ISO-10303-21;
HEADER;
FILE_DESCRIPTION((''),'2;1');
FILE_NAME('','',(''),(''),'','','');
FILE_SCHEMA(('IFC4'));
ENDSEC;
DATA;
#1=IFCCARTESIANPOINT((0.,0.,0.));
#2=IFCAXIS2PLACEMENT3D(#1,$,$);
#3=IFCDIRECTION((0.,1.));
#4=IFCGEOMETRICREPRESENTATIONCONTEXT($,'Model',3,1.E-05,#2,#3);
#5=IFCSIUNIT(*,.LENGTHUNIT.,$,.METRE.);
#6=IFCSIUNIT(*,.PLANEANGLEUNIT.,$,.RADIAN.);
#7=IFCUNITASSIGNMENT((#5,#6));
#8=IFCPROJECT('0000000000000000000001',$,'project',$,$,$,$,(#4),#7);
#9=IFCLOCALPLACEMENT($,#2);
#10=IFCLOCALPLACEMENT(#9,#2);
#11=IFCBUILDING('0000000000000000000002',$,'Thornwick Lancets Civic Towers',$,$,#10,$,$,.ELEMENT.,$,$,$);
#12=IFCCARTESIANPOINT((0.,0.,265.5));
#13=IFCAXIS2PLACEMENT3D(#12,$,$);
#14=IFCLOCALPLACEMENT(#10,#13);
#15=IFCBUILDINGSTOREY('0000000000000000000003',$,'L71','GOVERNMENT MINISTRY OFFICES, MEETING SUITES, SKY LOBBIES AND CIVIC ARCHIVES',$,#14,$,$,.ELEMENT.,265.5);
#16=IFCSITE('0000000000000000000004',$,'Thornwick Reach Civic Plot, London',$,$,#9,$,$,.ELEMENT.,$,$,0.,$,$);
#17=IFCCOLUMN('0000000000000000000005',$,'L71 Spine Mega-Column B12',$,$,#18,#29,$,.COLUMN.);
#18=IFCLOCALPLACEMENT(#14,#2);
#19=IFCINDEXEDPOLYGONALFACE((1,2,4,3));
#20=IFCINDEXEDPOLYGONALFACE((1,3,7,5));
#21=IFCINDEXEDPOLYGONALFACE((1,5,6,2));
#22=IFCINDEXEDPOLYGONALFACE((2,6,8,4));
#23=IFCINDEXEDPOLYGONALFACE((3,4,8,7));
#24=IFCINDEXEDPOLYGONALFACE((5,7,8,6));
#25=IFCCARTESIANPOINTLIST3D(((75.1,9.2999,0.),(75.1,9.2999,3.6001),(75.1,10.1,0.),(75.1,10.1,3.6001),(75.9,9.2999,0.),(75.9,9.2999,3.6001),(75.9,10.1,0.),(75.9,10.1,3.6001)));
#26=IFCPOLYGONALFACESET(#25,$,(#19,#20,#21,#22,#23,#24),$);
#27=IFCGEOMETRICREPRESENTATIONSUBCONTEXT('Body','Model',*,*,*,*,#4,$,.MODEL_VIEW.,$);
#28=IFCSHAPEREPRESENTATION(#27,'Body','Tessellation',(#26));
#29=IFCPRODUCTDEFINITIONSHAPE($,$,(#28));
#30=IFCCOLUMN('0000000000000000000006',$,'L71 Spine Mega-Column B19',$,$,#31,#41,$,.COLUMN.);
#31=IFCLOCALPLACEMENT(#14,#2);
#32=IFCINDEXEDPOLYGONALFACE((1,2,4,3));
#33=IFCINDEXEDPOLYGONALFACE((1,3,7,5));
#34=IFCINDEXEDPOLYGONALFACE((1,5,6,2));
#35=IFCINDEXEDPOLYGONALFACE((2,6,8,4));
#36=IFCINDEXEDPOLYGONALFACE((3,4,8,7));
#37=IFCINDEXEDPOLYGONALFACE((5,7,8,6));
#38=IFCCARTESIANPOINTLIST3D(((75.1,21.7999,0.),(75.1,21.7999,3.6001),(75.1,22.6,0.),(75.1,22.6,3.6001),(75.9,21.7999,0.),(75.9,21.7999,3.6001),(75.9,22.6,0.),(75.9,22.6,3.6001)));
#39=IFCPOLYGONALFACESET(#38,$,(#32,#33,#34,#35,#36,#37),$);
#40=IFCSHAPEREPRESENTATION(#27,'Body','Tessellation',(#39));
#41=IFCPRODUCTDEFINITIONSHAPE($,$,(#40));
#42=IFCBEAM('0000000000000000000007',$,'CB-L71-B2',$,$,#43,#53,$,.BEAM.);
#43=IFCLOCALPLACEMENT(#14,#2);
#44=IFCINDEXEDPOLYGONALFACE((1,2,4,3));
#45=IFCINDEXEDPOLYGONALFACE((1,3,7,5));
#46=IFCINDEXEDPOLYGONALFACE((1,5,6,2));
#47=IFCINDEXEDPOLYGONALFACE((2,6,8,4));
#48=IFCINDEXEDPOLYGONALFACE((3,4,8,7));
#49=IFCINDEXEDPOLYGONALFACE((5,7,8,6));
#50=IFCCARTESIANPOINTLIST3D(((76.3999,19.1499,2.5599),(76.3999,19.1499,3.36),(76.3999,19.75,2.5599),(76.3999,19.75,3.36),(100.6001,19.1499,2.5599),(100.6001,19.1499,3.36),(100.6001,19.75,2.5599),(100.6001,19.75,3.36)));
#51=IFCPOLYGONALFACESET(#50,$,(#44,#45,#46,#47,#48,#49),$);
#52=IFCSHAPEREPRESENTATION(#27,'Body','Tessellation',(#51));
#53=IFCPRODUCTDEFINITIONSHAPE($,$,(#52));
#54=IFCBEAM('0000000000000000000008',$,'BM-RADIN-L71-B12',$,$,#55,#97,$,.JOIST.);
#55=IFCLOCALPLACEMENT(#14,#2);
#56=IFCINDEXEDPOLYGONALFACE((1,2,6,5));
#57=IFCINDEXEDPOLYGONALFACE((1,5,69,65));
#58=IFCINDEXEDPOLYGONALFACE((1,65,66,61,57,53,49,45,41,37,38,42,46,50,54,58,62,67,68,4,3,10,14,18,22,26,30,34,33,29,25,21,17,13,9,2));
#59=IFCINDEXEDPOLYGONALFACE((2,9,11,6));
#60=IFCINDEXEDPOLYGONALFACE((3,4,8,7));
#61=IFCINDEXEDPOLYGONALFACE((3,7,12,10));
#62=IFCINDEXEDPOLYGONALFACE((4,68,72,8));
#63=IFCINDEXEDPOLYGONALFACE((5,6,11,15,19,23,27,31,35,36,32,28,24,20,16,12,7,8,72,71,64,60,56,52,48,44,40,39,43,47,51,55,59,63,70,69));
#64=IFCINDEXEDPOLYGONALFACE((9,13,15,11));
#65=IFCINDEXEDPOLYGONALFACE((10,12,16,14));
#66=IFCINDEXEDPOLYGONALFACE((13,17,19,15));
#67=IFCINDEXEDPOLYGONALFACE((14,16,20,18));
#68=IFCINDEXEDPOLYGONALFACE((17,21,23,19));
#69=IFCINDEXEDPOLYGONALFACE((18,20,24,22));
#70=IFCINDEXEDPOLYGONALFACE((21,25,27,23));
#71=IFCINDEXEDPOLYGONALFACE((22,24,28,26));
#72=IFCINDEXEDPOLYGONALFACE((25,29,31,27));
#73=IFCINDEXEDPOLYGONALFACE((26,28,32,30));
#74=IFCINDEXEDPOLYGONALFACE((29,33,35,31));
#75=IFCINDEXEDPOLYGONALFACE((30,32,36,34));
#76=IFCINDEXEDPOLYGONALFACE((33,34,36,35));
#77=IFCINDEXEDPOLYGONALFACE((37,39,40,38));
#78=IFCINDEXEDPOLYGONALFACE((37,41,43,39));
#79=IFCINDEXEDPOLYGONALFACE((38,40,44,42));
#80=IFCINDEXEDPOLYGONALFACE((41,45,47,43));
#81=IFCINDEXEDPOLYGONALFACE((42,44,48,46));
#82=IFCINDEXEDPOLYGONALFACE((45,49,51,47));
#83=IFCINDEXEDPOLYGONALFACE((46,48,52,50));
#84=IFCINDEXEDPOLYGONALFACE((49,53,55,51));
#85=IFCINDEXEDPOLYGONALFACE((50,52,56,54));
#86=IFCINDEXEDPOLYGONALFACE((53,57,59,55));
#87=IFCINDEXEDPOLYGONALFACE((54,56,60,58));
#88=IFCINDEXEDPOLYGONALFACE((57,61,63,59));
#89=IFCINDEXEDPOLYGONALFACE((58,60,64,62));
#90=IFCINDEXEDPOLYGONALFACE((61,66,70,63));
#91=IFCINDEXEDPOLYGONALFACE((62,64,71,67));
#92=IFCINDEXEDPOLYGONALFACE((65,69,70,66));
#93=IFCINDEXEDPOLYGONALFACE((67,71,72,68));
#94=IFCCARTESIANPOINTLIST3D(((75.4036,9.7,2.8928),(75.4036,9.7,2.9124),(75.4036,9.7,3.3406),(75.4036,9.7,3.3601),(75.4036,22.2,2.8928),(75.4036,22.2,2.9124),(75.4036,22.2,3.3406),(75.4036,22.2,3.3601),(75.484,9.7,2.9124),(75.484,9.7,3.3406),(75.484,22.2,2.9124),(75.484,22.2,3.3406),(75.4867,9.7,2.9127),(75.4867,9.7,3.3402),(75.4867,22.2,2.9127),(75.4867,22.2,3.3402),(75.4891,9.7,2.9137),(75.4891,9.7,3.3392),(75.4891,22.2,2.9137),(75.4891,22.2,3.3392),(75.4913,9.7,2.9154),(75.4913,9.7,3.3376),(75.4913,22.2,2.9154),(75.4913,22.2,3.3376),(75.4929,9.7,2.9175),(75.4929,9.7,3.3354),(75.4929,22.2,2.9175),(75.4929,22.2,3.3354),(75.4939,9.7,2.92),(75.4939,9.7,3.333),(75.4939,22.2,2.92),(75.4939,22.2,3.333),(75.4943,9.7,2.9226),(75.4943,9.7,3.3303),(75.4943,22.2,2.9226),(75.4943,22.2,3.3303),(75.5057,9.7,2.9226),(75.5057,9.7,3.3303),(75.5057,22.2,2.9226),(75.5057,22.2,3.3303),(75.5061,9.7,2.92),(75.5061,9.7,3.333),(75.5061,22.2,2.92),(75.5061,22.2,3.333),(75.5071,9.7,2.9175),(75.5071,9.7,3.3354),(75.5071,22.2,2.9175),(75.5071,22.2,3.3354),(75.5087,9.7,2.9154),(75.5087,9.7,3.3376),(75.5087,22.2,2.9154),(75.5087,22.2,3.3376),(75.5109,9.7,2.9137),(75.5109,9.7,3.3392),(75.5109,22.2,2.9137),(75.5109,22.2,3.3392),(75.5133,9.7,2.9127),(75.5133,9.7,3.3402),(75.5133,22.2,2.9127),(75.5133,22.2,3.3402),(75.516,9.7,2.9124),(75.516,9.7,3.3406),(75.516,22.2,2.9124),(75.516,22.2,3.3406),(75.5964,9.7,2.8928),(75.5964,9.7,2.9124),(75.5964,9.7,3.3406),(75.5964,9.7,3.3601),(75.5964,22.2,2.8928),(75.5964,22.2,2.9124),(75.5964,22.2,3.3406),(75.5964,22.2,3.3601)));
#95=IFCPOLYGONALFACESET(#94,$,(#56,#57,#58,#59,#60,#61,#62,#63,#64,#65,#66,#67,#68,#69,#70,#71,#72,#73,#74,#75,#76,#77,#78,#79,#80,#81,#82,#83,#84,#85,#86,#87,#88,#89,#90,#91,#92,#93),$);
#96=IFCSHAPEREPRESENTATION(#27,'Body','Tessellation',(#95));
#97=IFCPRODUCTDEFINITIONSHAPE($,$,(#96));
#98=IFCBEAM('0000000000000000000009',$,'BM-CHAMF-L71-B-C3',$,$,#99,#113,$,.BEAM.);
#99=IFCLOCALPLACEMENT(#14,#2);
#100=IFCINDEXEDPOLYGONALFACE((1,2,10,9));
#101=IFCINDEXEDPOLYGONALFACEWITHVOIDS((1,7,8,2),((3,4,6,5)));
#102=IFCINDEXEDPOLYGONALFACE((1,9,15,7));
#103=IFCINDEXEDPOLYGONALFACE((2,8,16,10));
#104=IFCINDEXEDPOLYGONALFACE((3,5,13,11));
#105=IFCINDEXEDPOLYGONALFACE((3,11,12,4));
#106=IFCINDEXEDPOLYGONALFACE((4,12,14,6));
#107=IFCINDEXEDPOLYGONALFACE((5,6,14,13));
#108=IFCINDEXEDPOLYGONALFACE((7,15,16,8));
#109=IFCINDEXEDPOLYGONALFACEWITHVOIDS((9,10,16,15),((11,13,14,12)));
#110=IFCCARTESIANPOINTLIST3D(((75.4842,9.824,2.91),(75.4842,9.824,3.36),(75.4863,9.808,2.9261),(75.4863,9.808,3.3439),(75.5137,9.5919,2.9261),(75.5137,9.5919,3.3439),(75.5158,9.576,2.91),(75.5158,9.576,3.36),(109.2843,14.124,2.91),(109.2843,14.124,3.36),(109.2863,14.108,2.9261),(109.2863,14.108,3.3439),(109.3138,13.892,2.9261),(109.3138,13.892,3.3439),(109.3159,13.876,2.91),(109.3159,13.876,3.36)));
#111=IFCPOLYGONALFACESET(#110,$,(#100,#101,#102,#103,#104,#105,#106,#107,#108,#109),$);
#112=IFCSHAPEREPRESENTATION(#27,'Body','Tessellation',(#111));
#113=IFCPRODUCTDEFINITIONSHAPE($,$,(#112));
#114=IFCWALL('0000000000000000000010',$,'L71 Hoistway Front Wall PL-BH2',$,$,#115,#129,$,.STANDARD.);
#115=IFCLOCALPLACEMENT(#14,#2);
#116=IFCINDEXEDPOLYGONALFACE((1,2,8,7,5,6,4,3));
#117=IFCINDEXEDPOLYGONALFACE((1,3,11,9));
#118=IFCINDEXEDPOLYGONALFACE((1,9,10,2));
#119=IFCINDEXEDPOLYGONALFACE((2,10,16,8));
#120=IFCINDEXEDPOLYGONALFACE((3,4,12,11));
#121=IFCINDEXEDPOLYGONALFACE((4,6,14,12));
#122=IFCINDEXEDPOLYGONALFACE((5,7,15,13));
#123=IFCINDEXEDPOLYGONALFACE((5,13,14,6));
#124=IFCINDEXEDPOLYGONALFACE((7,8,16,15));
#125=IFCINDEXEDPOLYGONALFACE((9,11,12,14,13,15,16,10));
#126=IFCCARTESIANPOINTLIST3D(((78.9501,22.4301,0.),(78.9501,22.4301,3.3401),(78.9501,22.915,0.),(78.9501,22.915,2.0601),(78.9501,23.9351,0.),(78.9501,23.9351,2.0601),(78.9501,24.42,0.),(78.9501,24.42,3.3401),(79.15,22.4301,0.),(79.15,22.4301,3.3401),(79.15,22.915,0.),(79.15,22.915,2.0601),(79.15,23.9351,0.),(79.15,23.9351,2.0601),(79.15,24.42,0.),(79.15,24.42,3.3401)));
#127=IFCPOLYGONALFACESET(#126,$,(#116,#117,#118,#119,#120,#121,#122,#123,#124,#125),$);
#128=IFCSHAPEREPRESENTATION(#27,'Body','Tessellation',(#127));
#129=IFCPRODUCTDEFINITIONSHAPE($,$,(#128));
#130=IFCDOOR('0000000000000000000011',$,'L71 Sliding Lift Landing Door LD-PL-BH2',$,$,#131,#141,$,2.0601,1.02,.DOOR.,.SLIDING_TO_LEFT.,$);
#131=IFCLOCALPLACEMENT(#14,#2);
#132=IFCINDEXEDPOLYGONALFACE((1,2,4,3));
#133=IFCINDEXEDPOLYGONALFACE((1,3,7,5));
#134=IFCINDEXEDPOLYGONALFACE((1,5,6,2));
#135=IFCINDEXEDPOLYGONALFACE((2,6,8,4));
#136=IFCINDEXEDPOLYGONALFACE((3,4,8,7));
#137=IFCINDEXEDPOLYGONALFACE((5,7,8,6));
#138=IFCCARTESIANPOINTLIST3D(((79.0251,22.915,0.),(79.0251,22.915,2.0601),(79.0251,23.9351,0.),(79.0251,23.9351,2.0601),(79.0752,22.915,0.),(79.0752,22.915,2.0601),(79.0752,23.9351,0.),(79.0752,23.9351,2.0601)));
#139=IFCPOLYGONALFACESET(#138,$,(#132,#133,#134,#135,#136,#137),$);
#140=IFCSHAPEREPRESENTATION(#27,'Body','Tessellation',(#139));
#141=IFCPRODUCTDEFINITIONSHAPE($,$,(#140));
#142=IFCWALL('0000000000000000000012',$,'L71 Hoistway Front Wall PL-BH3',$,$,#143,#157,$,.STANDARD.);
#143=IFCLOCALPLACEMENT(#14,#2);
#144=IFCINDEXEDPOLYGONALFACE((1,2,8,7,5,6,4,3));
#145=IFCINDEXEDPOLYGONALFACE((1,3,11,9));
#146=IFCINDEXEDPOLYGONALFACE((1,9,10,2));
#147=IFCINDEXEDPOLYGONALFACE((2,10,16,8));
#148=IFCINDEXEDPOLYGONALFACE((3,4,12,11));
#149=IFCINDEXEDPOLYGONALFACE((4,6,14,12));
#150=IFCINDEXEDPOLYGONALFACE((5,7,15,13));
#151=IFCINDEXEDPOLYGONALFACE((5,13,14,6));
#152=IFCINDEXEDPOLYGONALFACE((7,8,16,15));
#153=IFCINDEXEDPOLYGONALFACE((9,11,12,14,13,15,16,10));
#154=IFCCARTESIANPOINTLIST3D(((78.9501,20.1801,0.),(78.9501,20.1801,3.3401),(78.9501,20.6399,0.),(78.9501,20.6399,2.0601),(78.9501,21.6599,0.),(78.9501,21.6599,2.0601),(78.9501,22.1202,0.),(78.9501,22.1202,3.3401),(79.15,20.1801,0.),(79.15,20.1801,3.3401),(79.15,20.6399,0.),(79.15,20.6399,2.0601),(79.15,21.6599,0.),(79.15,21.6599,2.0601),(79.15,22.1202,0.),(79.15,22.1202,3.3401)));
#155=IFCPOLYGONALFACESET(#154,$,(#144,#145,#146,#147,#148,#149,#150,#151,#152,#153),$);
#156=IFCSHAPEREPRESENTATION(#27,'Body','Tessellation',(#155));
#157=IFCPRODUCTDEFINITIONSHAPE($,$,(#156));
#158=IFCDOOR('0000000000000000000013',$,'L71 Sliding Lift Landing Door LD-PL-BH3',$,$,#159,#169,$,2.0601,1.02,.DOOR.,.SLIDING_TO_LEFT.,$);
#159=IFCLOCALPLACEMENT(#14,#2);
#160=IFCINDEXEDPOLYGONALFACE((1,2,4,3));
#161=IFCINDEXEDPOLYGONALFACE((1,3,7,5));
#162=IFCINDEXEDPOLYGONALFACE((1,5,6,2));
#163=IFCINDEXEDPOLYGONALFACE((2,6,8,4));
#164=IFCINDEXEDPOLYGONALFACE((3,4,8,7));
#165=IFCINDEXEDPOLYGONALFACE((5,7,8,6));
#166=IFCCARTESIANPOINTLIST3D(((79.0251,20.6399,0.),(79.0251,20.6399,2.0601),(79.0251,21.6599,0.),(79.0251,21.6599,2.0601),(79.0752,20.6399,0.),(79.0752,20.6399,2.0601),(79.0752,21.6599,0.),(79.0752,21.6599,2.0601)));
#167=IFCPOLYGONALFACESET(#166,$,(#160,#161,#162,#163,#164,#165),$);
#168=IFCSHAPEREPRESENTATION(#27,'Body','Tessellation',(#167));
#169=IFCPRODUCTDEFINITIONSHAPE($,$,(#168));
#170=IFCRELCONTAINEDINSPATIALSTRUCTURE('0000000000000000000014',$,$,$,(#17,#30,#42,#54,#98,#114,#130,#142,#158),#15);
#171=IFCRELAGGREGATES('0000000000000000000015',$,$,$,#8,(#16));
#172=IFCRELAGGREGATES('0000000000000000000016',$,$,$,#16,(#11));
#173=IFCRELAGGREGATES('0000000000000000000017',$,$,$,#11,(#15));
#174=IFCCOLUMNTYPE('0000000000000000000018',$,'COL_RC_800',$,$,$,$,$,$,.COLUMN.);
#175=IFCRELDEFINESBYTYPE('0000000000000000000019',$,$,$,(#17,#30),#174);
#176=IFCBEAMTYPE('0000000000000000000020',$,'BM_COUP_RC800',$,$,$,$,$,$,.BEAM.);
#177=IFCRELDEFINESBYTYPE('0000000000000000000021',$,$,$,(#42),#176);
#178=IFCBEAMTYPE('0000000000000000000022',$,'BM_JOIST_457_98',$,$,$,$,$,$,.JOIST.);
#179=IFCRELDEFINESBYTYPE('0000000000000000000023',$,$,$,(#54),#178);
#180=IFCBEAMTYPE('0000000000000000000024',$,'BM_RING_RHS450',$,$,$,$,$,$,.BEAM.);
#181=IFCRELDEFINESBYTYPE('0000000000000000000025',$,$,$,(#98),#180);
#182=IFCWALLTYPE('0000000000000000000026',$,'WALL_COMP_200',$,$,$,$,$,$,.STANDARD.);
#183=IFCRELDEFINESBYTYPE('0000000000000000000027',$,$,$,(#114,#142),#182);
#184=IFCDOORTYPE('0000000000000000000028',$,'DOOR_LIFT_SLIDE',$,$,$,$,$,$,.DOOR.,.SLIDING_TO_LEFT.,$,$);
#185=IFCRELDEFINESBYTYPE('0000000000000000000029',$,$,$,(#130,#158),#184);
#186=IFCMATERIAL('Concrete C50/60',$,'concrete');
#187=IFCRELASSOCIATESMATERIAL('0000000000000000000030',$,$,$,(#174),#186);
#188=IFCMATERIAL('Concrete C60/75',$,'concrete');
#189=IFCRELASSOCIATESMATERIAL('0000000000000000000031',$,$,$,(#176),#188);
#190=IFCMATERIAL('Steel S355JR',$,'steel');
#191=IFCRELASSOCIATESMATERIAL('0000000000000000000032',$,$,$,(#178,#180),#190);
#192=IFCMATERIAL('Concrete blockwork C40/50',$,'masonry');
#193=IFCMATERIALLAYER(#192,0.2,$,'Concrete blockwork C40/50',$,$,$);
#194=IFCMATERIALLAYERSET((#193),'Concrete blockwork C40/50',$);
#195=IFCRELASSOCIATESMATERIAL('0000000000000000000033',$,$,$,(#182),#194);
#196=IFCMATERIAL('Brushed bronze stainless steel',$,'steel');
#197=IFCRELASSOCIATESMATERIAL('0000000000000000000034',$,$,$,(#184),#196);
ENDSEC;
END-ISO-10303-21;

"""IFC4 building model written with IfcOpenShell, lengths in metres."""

from ifc_helpers import new_model, si_unit, direction, frame, frame_2d, origin, origin_2d, place, context, subcontext, project, spatial, rectangle, hollow_rectangle, i_section, extrude, material, layer, layer_set, material_profile, profile_set, type_object, element, fill, save


model = new_model("IFC4")

# Units and contexts
model_context = context("Model", 3, precision=1e-05, world=origin(), true_north=direction((0.0, 1.0)))
body_context = subcontext(model_context, "Body", "Model", "MODEL_VIEW")
ifc_project = project(units=[si_unit("LENGTHUNIT", "METRE"), si_unit("PLANEANGLEUNIT", "RADIAN")], contexts=[model_context])

# Site, building, storey
site_placement = place(None, origin())
site = spatial("IfcSite", under=ifc_project, at=site_placement, Name="Thornwick Reach Civic Plot, London", CompositionType="ELEMENT", RefElevation=0.0)
building_placement = place(site_placement, origin())
building = spatial("IfcBuilding", under=site, at=building_placement, Name="Thornwick Lancets Civic Towers", CompositionType="ELEMENT")
storey_placement = place(building_placement, frame((0.0, 0.0, 265.5)))
storey = spatial("IfcBuildingStorey", under=building, at=storey_placement, Name="L71", Description="GOVERNMENT MINISTRY OFFICES, MEETING SUITES, SKY LOBBIES AND CIVIC ARCHIVES", CompositionType="ELEMENT", Elevation=265.5)

# Columns
ifc_material_1 = material(Name="Concrete C50/60", Category="concrete")
ifc_material_profile_1 = material_profile(ifc_material_1, rectangle(XDim=0.8, YDim=0.8, at=origin_2d()), Name="RC 800x800")
ifc_profile_set_1 = profile_set([ifc_material_profile_1], Name="Concrete C50/60")
column_type = type_object("IfcColumnType", Name="COL_RC_800", PredefinedType="COLUMN", material=ifc_profile_set_1)
for number, where, z_axis, x_axis, name in (
    (1, (75.5, 9.7, 0.0), (0.0, 0.0, 1.0), (1.0, 0.0, 0.0), "L71 Spine Mega-Column B12"),
    (2, (75.5, 22.2, 0.0), (0.0, 0.0, 1.0), (1.0, 0.0, 0.0), "L71 Spine Mega-Column B19"),
):
    element("IfcColumn", number, at=place(storey_placement, frame(where, z_axis=z_axis, x_axis=x_axis)), inside=storey, type_object=column_type, Name=name, PredefinedType="COLUMN", context=body_context, shape_type="SweptSolid", body=[
        extrude(rectangle(XDim=0.8, YDim=0.8, at=origin_2d()), origin(), (0.0, 0.0, 1.0), 3.6001),
    ])

# Beams
ifc_material_2 = material(Name="Concrete C60/75", Category="concrete")
ifc_material_profile_2 = material_profile(ifc_material_2, rectangle(XDim=0.6001, YDim=0.8, at=origin_2d()), Name="RC 600x800")
ifc_profile_set_2 = profile_set([ifc_material_profile_2], Name="Concrete C60/75")
beam_type_1 = type_object("IfcBeamType", Name="BM_COUP_RC800", PredefinedType="BEAM", material=ifc_profile_set_2)
beam_1_placement = place(storey_placement, frame((76.3999, 19.45, 2.96), z_axis=(1.0, 0.0, 0.0), x_axis=(0.0, 1.0, 0.0)))
element("IfcBeam", 3, at=beam_1_placement, inside=storey, type_object=beam_type_1, Name="CB-L71-B2", PredefinedType="BEAM", context=body_context, shape_type="SweptSolid", body=[
    extrude(rectangle(XDim=0.6001, YDim=0.8, at=origin_2d()), origin(), (0.0, 0.0, 1.0), 24.2002),
])
ifc_material_3 = material(Name="Steel S355JR", Category="steel")
ifc_material_profile_3 = material_profile(ifc_material_3, i_section(OverallWidth=0.1929, OverallDepth=0.4673, WebThickness=0.0115, FlangeThickness=0.0195, FilletRadius=0.0103, at=origin_2d()), Name="UKB 457x191x98")
ifc_profile_set_3 = profile_set([ifc_material_profile_3], Name="Steel S355JR")
beam_type_2 = type_object("IfcBeamType", Name="BM_JOIST_457_98", PredefinedType="JOIST", material=ifc_profile_set_3)
beam_2_placement = place(storey_placement, frame((75.5, 22.2, 3.1265), z_axis=(0.0, -1.0, 0.0), x_axis=(1.0, 0.0, 0.0)))
element("IfcBeam", 4, at=beam_2_placement, inside=storey, type_object=beam_type_2, Name="BM-RADIN-L71-B12", PredefinedType="JOIST", context=body_context, shape_type="SweptSolid", body=[
    extrude(i_section(OverallWidth=0.1929, OverallDepth=0.4673, WebThickness=0.0115, FlangeThickness=0.0195, FilletRadius=0.0103, at=origin_2d()), origin(), (0.0, 0.0, 1.0), 12.5),
])
ifc_material_profile_4 = material_profile(ifc_material_3, hollow_rectangle(XDim=0.25, YDim=0.45, WallThickness=0.0161, at=origin_2d()), Name="RHS 450x250x16")
ifc_profile_set_4 = profile_set([ifc_material_profile_4], Name="Steel S355JR")
beam_type_3 = type_object("IfcBeamType", Name="BM_RING_RHS450", PredefinedType="BEAM", material=ifc_profile_set_4)
beam_3_placement = place(storey_placement, frame((75.5, 9.7, 3.135), z_axis=(0.992004, 0.126203, 0.0), x_axis=(-0.126203, 0.992004, 0.0)))
element("IfcBeam", 5, at=beam_3_placement, inside=storey, type_object=beam_type_3, Name="BM-CHAMF-L71-B-C3", PredefinedType="BEAM", context=body_context, shape_type="SweptSolid", body=[
    extrude(hollow_rectangle(XDim=0.25, YDim=0.45, WallThickness=0.0161, at=origin_2d()), origin(), (0.0, 0.0, 1.0), 34.0725),
])

# Walls, openings, doors
ifc_material_4 = material(Name="Concrete blockwork C40/50", Category="masonry")
ifc_layer_1 = layer(ifc_material_4, 0.2, Name="Concrete blockwork C40/50")
ifc_layer_set_1 = layer_set([ifc_layer_1], Name="Concrete blockwork C40/50")
wall_type_1 = type_object("IfcWallType", Name="WALL_COMP_200", PredefinedType="STANDARD", material=ifc_layer_set_1)
wall_1_placement = place(storey_placement, frame((79.05, 22.4299, 0.0), z_axis=(0.0, 0.0, 1.0), x_axis=(0.0, 1.0, 0.0)))
wall_1 = element("IfcWall", 6, at=wall_1_placement, inside=storey, type_object=wall_type_1, Name="L71 Hoistway Front Wall PL-BH2", PredefinedType="STANDARD", context=body_context, shape_type="SweptSolid", body=[
    extrude(rectangle(XDim=1.99, YDim=0.2, at=frame_2d((0.9951, 0.0))), origin(), (0.0, 0.0, 1.0), 3.3401),
])
opening_1_placement = place(wall_1_placement, frame((0.4851, 0.0, 0.0)))
opening_1 = element("IfcOpeningElement", 7, at=opening_1_placement, cuts=wall_1, PredefinedType="OPENING", context=body_context, shape_type="SweptSolid", body=[
    extrude(rectangle(XDim=1.02, YDim=2.0601, at=frame_2d((0.51, 1.03))), frame((0.0, 0.1099, 0.0), z_axis=(0.0, -1.0, 0.0), x_axis=(1.0, 0.0, 0.0)), (0.0, 0.0, 1.0), 0.22),
])
ifc_material_5 = material(Name="Brushed bronze stainless steel", Category="steel")
door_type = type_object("IfcDoorType", Name="DOOR_LIFT_SLIDE", OperationType="SLIDING_TO_LEFT", PredefinedType="DOOR", material=ifc_material_5)
door_1_placement = place(opening_1_placement, origin())
door_1 = element("IfcDoor", 8, at=door_1_placement, inside=storey, type_object=door_type, Name="L71 Sliding Lift Landing Door LD-PL-BH2", OperationType="SLIDING_TO_LEFT", OverallHeight=2.0601, OverallWidth=1.02, PredefinedType="DOOR", context=body_context, shape_type="SweptSolid", body=[
    extrude(rectangle(XDim=1.02, YDim=2.0601, at=frame_2d((0.51, 1.03))), frame((0.0, 0.0249, 0.0), z_axis=(0.0, -1.0, 0.0), x_axis=(1.0, 0.0, 0.0)), (0.0, 0.0, 1.0), 0.05),
])
fill(opening_1, door_1)
wall_2_placement = place(storey_placement, frame((79.05, 20.1799, 0.0), z_axis=(0.0, 0.0, 1.0), x_axis=(0.0, 1.0, 0.0)))
wall_2 = element("IfcWall", 9, at=wall_2_placement, inside=storey, type_object=wall_type_1, Name="L71 Hoistway Front Wall PL-BH3", PredefinedType="STANDARD", context=body_context, shape_type="SweptSolid", body=[
    extrude(rectangle(XDim=1.9402, YDim=0.2, at=frame_2d((0.9702, 0.0))), origin(), (0.0, 0.0, 1.0), 3.3401),
])
opening_2_placement = place(wall_2_placement, frame((0.46, 0.0, 0.0)))
opening_2 = element("IfcOpeningElement", 10, at=opening_2_placement, cuts=wall_2, PredefinedType="OPENING", context=body_context, shape_type="SweptSolid", body=[
    extrude(rectangle(XDim=1.02, YDim=2.0601, at=frame_2d((0.51, 1.03))), frame((0.0, 0.1099, 0.0), z_axis=(0.0, -1.0, 0.0), x_axis=(1.0, 0.0, 0.0)), (0.0, 0.0, 1.0), 0.22),
])
door_2_placement = place(opening_2_placement, origin())
door_2 = element("IfcDoor", 11, at=door_2_placement, inside=storey, type_object=door_type, Name="L71 Sliding Lift Landing Door LD-PL-BH3", OperationType="SLIDING_TO_LEFT", OverallHeight=2.0601, OverallWidth=1.02, PredefinedType="DOOR", context=body_context, shape_type="SweptSolid", body=[
    extrude(rectangle(XDim=1.02, YDim=2.0601, at=frame_2d((0.51, 1.03))), frame((0.0, 0.0249, 0.0), z_axis=(0.0, -1.0, 0.0), x_axis=(1.0, 0.0, 0.0)), (0.0, 0.0, 1.0), 0.05),
])
fill(opening_2, door_2)

save(model, "model.ifc")
